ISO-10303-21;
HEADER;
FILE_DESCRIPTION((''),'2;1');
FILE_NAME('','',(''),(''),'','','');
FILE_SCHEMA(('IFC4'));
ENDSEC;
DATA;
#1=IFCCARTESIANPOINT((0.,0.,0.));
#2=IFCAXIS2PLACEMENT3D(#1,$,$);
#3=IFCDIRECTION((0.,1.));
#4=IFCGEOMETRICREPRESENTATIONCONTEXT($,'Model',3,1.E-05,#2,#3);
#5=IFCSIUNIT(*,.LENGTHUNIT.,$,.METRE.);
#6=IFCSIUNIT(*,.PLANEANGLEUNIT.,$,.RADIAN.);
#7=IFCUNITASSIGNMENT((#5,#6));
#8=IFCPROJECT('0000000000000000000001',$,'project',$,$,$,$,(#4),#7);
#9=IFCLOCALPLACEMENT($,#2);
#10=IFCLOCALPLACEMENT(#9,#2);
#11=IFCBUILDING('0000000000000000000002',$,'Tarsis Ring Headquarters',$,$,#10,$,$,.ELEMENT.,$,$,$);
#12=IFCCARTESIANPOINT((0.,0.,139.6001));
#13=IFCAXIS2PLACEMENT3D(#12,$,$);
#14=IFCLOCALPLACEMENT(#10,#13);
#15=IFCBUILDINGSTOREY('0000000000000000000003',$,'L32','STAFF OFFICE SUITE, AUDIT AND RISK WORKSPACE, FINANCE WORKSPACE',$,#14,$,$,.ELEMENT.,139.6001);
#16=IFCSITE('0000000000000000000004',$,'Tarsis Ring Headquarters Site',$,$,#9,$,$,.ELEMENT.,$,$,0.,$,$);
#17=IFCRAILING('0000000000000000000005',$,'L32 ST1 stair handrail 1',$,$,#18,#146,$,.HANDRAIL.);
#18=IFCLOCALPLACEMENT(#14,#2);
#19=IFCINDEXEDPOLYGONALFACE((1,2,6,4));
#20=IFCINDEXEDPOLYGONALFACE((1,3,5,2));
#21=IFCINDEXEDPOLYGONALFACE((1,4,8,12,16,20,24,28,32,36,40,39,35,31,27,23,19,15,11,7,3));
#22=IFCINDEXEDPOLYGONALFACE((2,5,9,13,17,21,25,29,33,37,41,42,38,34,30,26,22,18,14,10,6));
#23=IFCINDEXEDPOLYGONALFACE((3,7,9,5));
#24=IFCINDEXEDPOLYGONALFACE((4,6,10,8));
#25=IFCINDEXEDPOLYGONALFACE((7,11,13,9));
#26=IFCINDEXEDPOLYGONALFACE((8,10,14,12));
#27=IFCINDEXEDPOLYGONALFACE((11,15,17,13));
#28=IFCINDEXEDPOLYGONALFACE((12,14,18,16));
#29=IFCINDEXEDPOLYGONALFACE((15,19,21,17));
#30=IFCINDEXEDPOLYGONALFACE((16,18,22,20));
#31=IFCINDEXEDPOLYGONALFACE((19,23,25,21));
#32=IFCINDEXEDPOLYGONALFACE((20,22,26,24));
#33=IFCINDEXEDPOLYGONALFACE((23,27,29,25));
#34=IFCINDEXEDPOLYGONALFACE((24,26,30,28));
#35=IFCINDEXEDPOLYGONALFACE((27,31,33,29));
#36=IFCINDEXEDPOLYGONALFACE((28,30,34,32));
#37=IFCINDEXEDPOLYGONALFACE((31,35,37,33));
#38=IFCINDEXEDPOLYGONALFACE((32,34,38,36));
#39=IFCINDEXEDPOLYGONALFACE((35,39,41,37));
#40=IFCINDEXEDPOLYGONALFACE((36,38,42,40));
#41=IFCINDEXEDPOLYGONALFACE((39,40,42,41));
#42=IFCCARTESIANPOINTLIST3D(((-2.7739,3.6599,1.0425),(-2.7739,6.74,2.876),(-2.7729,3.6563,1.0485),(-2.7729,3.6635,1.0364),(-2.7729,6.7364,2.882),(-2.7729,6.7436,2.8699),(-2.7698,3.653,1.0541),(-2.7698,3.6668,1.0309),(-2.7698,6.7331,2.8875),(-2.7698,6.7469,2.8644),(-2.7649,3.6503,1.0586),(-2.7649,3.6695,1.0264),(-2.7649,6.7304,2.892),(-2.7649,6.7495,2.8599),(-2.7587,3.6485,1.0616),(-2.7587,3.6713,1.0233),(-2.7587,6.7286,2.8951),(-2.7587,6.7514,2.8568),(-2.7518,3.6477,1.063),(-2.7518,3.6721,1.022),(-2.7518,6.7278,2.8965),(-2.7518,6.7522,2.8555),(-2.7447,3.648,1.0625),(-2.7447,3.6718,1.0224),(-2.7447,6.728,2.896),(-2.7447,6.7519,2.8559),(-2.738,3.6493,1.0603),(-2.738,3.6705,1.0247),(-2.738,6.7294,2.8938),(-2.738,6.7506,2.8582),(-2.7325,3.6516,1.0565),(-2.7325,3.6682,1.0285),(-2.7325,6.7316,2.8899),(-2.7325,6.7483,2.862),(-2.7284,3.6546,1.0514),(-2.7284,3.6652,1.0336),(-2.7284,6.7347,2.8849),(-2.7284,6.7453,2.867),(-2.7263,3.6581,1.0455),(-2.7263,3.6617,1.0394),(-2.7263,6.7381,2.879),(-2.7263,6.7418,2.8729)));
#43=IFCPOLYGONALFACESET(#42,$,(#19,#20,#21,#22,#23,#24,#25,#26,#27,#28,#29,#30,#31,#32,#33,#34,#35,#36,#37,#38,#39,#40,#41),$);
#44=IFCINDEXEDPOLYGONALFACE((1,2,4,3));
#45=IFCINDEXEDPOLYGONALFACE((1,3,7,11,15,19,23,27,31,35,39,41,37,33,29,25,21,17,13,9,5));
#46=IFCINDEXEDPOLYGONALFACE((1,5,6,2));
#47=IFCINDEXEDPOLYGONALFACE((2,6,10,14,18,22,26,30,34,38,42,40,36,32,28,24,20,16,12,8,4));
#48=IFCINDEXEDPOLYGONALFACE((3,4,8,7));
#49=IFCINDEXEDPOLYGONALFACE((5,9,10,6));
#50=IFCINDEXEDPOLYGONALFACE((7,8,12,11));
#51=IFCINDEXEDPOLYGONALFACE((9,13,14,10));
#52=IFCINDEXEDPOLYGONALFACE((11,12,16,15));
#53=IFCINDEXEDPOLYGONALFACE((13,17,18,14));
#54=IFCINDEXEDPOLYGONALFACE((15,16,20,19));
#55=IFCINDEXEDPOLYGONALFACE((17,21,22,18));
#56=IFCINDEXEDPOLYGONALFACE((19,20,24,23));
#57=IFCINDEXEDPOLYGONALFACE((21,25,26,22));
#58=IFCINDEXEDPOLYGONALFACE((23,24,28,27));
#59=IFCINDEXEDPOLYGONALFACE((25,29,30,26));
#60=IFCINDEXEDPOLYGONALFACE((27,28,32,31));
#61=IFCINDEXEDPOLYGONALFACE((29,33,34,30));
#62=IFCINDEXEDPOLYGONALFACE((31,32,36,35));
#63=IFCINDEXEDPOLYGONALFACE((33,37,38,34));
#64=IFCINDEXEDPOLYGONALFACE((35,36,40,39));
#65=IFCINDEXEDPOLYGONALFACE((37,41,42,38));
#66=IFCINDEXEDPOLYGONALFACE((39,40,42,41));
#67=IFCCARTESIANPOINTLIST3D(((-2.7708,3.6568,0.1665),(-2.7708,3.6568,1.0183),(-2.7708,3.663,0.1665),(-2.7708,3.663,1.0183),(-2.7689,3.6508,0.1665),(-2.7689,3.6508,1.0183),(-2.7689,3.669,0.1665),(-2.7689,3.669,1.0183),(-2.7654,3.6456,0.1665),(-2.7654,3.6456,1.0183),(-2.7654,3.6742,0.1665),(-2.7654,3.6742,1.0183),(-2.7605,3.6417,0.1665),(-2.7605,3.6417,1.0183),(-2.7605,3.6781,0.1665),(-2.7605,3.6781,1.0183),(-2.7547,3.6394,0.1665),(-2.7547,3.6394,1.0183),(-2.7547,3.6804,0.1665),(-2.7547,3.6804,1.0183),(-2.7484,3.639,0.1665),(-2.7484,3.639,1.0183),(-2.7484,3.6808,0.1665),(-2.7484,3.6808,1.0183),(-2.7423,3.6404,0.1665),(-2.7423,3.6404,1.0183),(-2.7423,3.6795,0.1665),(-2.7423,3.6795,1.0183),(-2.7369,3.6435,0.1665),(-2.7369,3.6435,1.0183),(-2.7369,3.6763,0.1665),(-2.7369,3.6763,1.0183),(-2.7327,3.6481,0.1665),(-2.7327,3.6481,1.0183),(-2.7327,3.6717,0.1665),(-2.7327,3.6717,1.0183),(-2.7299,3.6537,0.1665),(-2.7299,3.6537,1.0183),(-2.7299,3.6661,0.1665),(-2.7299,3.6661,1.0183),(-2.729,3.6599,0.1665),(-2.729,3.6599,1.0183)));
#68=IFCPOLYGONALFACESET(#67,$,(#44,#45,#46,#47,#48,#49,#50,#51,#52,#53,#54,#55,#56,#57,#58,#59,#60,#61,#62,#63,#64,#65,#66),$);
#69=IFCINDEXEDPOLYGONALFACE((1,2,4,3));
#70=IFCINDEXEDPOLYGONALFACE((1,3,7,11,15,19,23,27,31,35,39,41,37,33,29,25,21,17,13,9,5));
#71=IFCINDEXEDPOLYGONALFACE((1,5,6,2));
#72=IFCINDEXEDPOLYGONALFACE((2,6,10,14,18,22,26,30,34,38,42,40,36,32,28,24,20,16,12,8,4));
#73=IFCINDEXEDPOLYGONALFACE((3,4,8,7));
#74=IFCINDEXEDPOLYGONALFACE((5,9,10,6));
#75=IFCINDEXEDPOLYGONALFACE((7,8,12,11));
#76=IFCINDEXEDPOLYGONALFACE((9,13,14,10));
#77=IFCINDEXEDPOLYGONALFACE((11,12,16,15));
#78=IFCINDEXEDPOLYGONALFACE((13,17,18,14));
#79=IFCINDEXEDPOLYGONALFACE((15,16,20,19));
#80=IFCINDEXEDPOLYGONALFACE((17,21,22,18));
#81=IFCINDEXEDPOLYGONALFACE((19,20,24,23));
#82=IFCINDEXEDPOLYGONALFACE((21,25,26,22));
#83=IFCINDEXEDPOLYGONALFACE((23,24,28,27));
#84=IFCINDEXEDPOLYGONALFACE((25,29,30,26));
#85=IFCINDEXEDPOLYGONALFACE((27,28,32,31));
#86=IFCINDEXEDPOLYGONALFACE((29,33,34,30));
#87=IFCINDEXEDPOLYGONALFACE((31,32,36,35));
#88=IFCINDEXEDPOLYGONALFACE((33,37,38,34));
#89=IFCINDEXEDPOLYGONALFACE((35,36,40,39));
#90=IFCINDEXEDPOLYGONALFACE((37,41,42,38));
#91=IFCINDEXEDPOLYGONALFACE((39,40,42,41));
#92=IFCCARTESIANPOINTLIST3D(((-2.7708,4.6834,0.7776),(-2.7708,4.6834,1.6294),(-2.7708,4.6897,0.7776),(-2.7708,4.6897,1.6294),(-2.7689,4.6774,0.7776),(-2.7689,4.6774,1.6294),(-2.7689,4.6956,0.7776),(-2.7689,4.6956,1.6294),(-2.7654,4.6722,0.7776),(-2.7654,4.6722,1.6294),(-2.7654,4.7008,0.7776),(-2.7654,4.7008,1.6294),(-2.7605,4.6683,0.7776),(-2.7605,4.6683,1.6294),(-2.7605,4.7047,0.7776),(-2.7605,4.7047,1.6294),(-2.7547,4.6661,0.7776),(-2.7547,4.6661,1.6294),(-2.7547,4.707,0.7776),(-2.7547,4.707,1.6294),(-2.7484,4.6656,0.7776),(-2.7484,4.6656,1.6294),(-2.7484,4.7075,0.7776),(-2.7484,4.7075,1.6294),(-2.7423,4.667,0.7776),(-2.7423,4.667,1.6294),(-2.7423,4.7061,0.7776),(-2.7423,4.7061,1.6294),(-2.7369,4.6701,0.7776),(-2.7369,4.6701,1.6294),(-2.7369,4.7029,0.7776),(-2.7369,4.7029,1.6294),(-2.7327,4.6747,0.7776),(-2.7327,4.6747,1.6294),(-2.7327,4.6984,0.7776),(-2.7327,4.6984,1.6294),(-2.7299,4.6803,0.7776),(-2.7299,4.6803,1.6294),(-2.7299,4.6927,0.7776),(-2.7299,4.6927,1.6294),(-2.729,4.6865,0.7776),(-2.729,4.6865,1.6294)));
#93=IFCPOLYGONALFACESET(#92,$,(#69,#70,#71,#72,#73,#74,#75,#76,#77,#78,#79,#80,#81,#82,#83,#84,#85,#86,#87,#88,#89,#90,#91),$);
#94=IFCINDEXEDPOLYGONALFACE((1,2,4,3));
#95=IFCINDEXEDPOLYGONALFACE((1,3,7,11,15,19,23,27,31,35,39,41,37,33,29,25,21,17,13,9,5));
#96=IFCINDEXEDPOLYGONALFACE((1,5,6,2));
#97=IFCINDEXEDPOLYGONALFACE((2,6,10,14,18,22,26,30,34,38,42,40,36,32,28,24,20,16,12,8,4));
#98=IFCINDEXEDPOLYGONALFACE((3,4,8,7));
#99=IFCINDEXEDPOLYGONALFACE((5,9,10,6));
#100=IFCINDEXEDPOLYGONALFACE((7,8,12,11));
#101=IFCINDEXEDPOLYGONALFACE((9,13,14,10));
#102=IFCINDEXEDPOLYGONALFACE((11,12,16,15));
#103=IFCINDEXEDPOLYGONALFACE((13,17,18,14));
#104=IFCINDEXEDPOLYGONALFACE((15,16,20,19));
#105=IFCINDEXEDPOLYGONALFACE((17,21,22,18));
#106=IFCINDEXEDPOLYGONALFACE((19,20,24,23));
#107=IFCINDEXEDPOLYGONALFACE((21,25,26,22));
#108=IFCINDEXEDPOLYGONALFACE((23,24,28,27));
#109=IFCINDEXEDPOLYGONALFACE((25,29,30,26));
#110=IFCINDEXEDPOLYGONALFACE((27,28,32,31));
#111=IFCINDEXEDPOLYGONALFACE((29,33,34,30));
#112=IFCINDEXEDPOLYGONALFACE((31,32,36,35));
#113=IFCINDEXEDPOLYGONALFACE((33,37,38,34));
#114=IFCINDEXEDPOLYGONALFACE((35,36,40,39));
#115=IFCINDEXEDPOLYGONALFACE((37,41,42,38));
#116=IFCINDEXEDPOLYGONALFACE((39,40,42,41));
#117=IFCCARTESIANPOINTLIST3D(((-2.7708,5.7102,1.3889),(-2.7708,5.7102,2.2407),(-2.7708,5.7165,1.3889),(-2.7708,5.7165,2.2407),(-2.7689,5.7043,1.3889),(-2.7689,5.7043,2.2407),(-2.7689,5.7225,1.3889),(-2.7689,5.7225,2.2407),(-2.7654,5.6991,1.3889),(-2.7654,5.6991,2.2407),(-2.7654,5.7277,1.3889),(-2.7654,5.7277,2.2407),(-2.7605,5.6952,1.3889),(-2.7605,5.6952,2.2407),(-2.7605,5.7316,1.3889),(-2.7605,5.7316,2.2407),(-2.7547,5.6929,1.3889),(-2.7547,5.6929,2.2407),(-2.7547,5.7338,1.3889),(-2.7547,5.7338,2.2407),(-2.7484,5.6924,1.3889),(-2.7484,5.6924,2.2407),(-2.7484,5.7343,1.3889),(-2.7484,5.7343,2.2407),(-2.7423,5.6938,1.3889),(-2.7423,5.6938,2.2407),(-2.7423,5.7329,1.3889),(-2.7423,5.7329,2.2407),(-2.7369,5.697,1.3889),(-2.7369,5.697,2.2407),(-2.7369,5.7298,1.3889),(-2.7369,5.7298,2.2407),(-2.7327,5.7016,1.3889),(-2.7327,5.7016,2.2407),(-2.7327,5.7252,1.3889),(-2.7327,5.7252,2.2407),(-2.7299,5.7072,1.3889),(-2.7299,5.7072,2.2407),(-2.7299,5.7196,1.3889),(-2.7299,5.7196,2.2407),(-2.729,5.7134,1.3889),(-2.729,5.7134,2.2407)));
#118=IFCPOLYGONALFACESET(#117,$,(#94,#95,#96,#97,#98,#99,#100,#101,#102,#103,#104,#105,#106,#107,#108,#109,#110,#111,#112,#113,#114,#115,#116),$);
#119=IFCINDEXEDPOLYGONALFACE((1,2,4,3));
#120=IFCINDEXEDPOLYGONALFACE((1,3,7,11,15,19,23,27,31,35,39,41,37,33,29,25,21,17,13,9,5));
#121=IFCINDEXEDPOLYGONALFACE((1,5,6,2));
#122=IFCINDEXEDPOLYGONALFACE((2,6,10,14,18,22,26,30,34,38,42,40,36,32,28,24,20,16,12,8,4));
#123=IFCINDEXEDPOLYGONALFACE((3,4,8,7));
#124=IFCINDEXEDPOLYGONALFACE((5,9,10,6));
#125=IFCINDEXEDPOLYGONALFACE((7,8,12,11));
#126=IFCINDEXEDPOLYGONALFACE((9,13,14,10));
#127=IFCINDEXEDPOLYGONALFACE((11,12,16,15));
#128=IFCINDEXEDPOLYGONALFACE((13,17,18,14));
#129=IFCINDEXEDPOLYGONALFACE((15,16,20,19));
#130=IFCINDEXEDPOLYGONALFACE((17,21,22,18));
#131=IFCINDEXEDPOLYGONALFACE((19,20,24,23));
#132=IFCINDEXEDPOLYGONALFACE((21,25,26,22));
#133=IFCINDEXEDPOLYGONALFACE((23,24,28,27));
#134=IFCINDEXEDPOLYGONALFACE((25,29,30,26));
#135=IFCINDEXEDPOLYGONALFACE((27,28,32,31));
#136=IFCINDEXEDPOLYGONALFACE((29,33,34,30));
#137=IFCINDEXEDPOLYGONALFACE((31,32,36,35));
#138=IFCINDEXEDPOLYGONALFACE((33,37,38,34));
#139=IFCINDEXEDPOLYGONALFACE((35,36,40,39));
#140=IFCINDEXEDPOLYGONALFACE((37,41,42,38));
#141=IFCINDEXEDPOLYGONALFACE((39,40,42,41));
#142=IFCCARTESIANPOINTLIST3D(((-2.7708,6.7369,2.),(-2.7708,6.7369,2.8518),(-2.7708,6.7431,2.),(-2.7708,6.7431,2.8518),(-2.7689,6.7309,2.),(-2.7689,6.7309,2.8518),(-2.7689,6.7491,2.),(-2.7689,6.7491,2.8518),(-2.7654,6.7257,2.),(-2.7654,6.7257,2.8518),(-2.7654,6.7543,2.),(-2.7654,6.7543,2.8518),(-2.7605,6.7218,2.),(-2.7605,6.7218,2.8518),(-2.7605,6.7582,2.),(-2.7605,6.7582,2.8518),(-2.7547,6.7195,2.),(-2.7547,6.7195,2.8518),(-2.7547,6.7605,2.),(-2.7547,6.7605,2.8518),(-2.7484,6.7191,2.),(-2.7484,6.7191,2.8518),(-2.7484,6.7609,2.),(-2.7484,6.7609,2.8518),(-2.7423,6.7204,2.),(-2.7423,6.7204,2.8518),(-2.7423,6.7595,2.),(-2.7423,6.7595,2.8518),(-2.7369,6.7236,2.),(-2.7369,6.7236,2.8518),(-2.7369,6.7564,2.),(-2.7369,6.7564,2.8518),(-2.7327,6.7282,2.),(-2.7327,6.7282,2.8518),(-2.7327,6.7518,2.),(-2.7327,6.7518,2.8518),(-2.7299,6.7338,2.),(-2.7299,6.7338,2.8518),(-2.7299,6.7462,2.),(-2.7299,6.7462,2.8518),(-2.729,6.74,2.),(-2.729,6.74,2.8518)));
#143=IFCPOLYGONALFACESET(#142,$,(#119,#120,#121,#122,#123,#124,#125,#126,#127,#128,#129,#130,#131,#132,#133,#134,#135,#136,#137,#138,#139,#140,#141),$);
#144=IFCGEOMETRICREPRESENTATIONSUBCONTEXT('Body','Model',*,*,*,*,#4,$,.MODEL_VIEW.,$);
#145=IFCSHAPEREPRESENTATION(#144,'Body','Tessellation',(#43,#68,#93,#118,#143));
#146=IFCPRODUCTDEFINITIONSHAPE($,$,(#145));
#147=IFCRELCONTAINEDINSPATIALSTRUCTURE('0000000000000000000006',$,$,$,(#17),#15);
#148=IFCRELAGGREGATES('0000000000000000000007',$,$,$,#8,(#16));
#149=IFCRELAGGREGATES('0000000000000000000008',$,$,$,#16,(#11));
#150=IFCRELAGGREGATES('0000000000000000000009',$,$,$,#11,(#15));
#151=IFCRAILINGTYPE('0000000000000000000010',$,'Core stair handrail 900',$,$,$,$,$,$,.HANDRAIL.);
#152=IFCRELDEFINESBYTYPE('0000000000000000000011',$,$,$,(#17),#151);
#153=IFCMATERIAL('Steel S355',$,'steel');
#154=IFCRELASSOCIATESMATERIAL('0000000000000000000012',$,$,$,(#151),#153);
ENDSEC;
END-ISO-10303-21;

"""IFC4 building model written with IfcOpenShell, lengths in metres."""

from ifc_helpers import new_model, si_unit, direction, frame, origin, origin_2d, place, context, subcontext, project, spatial, circle, extrude, material, type_object, element, save


model = new_model("IFC4")

# Units and contexts
model_context = context("Model", 3, precision=1e-05, world=origin(), true_north=direction((0.0, 1.0)))
body_context = subcontext(model_context, "Body", "Model", "MODEL_VIEW")
ifc_project = project(units=[si_unit("LENGTHUNIT", "METRE"), si_unit("PLANEANGLEUNIT", "RADIAN")], contexts=[model_context])

# Site, building, storey
site_placement = place(None, origin())
site = spatial("IfcSite", under=ifc_project, at=site_placement, Name="Tarsis Ring Headquarters Site", CompositionType="ELEMENT", RefElevation=0.0)
building_placement = place(site_placement, origin())
building = spatial("IfcBuilding", under=site, at=building_placement, Name="Tarsis Ring Headquarters", CompositionType="ELEMENT")
storey_placement = place(building_placement, frame((0.0, 0.0, 139.6001)))
storey = spatial("IfcBuildingStorey", under=building, at=storey_placement, Name="L32", Description="STAFF OFFICE SUITE, AUDIT AND RISK WORKSPACE, FINANCE WORKSPACE", CompositionType="ELEMENT", Elevation=139.6001)

# Shared definitions
ifc_material_1 = material(Name="Steel S355", Category="steel")

# Railing
railing_type_1 = type_object("IfcRailingType", Name="Core stair handrail 900", PredefinedType="HANDRAIL", material=ifc_material_1)
for number, where, name in (
    (1, (-2.75, 3.6599, 0.1665), "L32 ST1 stair handrail 1"),
):
    element("IfcRailing", number, at=place(storey_placement, frame(where)), inside=storey, type_object=railing_type_1, Name=name, PredefinedType="HANDRAIL", context=body_context, shape_type="SweptSolid", body=[
        extrude(circle(Radius=0.0239, at=origin_2d()), frame((0.0, 0.0, 0.876), z_axis=(0.0, 0.859279, 0.511508), x_axis=(-1.0, 0.0, 0.0)), (0.0, 0.0, 1.0), 3.5845),
        extrude(circle(Radius=0.021, at=origin_2d()), origin(), (0.0, 0.0, 1.0), 0.8518),
        extrude(circle(Radius=0.021, at=origin_2d()), frame((0.0, 1.0266, 0.6111)), (0.0, 0.0, 1.0), 0.8518),
        extrude(circle(Radius=0.021, at=origin_2d()), frame((0.0, 2.0535, 1.2224)), (0.0, 0.0, 1.0), 0.8518),
        extrude(circle(Radius=0.021, at=origin_2d()), frame((0.0, 3.0801, 1.8335)), (0.0, 0.0, 1.0), 0.8518),
    ])

save(model, "model.ifc")
